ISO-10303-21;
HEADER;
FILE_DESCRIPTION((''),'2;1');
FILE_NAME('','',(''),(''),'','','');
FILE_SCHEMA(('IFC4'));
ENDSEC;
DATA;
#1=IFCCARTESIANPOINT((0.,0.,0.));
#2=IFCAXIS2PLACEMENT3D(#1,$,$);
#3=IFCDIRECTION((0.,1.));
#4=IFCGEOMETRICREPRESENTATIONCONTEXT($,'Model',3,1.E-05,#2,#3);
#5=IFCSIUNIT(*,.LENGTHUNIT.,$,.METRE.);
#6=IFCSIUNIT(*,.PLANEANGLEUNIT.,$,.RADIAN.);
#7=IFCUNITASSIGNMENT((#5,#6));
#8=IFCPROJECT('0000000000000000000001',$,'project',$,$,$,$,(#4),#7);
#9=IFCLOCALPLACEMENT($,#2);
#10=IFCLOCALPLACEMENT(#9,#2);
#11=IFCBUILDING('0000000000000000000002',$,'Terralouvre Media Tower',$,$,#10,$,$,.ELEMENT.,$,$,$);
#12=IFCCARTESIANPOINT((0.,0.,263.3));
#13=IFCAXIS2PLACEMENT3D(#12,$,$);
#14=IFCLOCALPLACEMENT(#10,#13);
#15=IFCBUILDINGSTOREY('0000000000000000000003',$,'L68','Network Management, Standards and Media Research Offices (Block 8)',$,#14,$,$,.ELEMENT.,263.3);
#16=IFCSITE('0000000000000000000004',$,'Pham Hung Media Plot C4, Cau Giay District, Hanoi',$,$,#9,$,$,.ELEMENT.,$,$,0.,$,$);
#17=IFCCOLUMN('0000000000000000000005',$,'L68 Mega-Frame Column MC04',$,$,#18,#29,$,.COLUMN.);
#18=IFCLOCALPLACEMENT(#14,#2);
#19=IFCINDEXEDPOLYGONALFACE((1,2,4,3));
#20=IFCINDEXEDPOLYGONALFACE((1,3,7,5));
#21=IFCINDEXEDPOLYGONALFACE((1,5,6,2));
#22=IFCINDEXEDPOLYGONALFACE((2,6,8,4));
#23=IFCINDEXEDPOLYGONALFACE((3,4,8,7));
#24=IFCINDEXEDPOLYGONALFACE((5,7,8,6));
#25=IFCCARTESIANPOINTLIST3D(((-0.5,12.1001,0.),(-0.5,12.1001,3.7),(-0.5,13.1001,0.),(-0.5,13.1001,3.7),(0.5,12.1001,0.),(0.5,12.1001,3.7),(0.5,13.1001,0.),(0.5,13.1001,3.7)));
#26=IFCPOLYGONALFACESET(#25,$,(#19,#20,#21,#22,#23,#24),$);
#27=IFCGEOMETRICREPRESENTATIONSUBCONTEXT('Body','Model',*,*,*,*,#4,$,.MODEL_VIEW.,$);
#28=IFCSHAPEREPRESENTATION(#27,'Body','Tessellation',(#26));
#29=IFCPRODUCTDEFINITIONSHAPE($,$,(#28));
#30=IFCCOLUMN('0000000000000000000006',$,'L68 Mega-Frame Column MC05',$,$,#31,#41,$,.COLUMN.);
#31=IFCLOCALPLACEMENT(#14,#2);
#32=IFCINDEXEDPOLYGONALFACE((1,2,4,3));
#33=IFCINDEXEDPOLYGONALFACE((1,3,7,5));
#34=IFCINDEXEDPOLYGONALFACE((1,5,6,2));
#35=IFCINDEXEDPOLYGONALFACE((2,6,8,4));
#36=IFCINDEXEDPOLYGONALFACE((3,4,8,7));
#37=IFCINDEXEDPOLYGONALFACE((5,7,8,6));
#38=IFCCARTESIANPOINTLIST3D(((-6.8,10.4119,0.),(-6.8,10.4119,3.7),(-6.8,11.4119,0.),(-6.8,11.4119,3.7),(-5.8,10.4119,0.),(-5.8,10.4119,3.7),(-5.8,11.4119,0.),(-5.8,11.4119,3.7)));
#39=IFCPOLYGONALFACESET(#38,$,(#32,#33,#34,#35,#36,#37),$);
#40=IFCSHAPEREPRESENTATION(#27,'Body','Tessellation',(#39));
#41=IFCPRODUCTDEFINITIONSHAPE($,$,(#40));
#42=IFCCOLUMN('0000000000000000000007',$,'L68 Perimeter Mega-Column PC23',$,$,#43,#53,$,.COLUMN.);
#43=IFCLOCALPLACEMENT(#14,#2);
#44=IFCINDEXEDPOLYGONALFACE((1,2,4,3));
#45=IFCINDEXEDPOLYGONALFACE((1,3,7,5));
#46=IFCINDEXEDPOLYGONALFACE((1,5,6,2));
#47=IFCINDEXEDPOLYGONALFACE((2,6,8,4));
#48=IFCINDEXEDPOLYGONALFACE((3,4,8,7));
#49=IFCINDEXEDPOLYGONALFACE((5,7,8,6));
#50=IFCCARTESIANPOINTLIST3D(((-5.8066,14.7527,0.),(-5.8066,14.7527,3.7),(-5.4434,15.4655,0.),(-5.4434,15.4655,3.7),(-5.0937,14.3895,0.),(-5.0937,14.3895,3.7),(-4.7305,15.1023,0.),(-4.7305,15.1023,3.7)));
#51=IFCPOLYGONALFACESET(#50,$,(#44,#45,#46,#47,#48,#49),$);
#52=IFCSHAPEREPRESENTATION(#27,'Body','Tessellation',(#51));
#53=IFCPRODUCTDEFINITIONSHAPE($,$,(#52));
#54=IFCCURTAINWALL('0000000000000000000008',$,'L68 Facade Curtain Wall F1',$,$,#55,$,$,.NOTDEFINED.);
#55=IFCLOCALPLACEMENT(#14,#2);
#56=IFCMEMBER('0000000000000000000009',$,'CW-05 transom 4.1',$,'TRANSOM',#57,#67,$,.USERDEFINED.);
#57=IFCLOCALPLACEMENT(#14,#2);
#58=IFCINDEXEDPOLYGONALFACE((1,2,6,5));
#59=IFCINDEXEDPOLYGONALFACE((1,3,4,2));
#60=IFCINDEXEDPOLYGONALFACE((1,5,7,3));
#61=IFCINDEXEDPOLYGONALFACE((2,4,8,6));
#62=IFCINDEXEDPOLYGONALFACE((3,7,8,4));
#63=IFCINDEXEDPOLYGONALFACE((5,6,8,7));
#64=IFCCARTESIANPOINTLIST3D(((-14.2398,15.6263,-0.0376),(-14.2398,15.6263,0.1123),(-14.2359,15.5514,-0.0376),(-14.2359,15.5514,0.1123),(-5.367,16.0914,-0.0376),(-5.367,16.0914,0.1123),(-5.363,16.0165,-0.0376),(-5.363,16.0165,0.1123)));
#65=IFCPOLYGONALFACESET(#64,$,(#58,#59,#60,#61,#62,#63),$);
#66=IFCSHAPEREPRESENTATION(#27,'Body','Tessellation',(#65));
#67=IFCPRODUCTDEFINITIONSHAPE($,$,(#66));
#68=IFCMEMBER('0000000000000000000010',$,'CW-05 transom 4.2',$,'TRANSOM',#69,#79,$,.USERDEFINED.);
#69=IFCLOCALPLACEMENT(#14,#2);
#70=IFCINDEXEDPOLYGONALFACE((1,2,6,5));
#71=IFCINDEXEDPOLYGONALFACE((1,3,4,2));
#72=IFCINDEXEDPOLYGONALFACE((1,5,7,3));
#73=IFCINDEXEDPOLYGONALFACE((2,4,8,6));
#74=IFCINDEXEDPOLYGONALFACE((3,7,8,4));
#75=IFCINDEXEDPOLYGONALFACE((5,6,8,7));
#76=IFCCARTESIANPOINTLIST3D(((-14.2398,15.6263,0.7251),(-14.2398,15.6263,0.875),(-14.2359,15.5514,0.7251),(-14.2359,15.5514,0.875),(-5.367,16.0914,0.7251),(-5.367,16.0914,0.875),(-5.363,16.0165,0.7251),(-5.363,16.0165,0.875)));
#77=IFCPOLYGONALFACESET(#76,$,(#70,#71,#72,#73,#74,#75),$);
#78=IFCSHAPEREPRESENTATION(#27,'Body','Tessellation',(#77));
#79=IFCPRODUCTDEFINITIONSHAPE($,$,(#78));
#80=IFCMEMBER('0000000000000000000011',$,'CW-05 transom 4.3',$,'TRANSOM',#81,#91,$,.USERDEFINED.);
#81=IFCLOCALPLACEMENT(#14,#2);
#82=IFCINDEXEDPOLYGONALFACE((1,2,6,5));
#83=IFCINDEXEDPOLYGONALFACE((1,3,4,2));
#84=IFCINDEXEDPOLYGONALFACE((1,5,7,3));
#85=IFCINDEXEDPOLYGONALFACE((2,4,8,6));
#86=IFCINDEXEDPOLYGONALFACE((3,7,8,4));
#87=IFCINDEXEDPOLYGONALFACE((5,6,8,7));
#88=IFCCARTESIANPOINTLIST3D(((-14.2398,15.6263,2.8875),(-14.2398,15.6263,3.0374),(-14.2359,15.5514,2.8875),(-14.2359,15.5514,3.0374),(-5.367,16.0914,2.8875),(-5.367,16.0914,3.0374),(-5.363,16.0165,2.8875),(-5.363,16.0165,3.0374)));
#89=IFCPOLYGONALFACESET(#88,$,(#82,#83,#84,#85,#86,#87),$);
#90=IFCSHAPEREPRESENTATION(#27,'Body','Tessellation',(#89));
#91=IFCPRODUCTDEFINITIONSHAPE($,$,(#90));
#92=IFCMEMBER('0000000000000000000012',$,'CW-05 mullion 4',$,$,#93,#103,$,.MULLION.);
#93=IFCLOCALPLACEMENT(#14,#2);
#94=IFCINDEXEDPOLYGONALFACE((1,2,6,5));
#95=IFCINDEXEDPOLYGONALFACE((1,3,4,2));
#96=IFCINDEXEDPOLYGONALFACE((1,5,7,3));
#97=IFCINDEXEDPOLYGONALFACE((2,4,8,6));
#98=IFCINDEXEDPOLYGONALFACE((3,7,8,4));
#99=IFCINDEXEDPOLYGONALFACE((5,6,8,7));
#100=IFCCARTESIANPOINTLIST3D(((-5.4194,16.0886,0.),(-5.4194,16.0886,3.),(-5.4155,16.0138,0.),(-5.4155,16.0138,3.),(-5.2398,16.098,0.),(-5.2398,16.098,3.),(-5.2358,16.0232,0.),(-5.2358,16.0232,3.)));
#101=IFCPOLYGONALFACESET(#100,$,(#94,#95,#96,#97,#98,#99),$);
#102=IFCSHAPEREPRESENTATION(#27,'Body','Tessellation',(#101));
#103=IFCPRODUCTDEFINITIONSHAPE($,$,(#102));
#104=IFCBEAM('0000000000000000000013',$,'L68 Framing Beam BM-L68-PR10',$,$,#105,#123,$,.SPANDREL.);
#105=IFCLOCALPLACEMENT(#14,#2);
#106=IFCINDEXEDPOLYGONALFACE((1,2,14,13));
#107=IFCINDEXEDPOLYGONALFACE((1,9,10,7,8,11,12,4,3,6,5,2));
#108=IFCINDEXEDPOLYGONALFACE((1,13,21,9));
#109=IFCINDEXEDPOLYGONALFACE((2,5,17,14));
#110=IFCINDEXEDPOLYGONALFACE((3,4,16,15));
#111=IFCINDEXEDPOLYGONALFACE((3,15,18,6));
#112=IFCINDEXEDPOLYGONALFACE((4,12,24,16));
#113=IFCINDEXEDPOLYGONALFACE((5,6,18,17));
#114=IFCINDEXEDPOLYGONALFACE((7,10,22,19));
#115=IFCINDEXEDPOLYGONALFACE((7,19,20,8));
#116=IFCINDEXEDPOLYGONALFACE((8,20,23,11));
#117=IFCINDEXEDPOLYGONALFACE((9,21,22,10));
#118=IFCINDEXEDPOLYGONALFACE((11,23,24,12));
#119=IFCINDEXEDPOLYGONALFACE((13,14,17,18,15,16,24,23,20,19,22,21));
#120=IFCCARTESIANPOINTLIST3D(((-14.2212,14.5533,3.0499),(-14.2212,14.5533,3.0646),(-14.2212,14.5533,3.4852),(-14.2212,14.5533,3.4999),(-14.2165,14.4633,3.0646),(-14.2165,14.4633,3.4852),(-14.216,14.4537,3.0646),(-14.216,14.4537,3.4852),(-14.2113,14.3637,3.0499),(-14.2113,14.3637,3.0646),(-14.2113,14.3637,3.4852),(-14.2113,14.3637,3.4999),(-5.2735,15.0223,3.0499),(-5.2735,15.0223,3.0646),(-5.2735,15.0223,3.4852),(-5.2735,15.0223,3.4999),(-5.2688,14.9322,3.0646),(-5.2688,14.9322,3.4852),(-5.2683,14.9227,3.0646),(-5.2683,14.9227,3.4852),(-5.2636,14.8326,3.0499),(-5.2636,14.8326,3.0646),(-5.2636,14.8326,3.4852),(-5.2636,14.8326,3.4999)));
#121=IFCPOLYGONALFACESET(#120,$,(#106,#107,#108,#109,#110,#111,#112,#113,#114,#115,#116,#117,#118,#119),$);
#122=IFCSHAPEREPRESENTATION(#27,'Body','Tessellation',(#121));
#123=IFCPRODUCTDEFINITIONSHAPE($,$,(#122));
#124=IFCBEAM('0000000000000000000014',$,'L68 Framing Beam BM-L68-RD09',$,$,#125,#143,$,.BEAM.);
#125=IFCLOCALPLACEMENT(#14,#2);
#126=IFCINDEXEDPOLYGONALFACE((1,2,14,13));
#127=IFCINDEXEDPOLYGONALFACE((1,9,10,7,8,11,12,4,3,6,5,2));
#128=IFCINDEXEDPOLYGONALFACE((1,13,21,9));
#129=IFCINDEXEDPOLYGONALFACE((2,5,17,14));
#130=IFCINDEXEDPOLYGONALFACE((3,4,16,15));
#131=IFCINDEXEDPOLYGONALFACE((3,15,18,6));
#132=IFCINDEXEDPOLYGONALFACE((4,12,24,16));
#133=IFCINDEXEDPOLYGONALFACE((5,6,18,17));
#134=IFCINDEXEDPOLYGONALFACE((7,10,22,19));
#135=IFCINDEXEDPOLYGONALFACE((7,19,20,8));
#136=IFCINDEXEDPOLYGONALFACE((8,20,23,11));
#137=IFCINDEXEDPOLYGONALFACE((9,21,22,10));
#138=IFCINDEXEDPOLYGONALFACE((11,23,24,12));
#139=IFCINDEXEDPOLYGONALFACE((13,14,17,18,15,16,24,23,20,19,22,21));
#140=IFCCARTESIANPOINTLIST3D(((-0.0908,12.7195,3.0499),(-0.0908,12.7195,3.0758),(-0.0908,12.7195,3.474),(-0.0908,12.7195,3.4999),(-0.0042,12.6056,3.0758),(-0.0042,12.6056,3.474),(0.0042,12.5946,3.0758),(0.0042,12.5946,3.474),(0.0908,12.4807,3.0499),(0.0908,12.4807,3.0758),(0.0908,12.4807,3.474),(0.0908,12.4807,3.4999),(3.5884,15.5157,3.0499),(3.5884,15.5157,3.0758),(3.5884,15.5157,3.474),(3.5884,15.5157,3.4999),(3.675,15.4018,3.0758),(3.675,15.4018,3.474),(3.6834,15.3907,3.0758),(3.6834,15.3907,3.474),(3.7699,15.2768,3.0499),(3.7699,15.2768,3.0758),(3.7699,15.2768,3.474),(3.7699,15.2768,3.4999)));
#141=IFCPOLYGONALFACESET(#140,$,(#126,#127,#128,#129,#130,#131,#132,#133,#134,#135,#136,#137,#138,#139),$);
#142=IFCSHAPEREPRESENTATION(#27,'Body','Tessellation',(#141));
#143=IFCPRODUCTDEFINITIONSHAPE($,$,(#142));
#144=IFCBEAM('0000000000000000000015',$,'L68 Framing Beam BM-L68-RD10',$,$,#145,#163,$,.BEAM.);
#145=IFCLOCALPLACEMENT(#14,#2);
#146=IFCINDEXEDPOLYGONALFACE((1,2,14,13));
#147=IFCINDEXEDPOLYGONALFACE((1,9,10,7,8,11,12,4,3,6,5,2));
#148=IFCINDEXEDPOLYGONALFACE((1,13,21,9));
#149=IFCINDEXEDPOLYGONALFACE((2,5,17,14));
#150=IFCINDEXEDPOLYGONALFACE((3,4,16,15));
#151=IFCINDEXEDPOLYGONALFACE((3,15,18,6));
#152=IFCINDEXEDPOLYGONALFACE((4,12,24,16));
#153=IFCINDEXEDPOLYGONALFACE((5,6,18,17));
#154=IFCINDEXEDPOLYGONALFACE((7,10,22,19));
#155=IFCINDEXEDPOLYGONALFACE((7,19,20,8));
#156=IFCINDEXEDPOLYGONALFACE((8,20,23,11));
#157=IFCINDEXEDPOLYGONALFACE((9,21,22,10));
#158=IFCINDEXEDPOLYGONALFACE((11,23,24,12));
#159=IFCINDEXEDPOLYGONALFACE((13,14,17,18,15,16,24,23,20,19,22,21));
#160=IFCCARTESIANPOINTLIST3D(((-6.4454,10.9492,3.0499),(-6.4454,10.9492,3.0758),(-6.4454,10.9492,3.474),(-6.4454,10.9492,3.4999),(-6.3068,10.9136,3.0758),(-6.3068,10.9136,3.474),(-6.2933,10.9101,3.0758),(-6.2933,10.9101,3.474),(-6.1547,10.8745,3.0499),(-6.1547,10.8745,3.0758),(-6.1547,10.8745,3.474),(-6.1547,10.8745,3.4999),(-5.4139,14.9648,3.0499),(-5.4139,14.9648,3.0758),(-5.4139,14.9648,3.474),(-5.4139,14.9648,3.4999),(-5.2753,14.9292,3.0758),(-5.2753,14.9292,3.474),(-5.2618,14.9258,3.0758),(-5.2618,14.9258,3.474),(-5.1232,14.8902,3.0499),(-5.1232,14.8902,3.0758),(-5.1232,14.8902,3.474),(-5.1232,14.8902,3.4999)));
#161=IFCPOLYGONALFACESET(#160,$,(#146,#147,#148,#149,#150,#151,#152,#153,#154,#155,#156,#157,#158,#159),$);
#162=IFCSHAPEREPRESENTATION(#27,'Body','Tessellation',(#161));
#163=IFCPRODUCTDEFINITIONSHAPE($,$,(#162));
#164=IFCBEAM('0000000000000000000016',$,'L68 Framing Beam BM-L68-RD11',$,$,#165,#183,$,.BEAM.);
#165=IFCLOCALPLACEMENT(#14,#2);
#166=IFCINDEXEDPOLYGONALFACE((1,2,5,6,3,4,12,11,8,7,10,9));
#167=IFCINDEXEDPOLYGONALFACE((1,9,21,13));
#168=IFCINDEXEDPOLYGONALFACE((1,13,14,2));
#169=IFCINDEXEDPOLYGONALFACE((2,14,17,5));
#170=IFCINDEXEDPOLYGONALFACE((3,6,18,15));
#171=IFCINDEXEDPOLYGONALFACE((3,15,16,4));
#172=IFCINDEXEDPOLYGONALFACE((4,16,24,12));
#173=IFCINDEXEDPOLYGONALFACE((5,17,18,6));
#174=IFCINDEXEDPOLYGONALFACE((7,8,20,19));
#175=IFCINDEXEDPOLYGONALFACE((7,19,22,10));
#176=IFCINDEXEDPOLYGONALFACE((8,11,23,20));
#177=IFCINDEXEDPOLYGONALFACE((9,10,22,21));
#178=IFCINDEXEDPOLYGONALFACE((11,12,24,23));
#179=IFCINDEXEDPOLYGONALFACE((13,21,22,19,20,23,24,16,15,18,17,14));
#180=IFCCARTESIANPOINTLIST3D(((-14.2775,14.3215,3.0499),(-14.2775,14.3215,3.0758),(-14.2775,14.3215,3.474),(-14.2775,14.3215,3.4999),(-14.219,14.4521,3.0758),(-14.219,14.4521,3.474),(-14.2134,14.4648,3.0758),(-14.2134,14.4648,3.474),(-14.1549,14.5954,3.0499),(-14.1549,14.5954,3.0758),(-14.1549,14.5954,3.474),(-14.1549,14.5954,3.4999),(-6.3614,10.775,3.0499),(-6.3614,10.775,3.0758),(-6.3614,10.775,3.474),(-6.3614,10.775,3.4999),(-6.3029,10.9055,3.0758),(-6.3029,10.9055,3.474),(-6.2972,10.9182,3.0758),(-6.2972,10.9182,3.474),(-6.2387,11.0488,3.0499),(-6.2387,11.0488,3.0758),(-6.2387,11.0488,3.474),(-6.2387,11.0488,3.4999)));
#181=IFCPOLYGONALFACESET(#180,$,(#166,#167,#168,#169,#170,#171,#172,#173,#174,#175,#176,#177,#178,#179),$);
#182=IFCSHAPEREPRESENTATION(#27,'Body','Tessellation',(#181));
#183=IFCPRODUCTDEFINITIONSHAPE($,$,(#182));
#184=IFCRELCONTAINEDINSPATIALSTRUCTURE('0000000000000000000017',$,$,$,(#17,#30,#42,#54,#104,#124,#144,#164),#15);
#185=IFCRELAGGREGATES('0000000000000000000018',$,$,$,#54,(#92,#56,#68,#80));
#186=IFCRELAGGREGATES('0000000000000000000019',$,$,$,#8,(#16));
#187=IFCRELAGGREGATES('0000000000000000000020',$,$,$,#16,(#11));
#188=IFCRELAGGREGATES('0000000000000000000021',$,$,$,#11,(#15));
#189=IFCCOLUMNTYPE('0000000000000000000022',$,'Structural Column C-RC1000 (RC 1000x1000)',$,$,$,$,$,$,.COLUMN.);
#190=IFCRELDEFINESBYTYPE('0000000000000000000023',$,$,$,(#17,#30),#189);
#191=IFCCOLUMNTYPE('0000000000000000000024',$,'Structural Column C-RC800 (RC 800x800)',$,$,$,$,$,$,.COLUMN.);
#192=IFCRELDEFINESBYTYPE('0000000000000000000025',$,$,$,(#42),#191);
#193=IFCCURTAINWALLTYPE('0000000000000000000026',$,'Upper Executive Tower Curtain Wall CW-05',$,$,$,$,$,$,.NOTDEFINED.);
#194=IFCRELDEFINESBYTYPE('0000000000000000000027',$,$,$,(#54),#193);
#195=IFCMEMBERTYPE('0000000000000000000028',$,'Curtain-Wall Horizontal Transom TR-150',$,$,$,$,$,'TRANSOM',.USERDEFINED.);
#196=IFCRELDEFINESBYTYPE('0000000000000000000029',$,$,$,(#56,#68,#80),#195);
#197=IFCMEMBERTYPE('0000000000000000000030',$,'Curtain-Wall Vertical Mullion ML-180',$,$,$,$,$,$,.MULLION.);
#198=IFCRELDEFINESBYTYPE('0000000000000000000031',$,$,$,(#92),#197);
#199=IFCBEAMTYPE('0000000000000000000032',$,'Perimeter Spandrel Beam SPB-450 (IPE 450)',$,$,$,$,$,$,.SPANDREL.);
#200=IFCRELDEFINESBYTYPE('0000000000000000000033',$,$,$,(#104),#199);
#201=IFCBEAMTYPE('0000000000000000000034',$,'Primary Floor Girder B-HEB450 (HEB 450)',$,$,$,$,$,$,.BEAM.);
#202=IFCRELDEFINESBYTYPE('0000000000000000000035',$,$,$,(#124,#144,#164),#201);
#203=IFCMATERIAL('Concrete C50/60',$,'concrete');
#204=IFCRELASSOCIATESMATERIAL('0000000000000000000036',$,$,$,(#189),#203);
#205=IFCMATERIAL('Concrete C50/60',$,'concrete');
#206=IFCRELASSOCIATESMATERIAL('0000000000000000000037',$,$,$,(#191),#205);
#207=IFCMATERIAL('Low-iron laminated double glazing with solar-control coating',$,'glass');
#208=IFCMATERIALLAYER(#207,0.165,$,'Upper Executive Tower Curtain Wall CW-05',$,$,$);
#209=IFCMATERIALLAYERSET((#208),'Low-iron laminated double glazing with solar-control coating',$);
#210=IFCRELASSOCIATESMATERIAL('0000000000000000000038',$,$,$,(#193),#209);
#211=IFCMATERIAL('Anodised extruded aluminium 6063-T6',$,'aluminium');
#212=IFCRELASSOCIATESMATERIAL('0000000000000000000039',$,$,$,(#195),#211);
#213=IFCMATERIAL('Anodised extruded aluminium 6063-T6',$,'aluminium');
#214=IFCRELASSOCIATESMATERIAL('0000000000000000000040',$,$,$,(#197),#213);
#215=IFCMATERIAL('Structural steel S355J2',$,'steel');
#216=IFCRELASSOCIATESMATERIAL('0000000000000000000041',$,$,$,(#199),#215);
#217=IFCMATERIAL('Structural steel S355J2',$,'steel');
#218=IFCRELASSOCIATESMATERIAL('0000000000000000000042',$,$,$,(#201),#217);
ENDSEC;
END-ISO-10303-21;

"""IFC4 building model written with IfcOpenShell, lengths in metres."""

from ifc_helpers import new_model, si_unit, direction, frame, origin, origin_2d, place, context, subcontext, project, spatial, rectangle, i_section, extrude, material, layer, layer_set, material_profile, profile_set, type_object, element, aggregate, save


model = new_model("IFC4")

# Units and contexts
model_context = context("Model", 3, precision=1e-05, world=origin(), true_north=direction((0.0, 1.0)))
body_context = subcontext(model_context, "Body", "Model", "MODEL_VIEW")
ifc_project = project(units=[si_unit("LENGTHUNIT", "METRE"), si_unit("PLANEANGLEUNIT", "RADIAN")], contexts=[model_context])

# Site, building, storey
site_placement = place(None, origin())
site = spatial("IfcSite", under=ifc_project, at=site_placement, Name="Pham Hung Media Plot C4, Cau Giay District, Hanoi", CompositionType="ELEMENT", RefElevation=0.0)
building_placement = place(site_placement, origin())
building = spatial("IfcBuilding", under=site, at=building_placement, Name="Terralouvre Media Tower", CompositionType="ELEMENT")
storey_placement = place(building_placement, frame((0.0, 0.0, 263.3)))
storey = spatial("IfcBuildingStorey", under=building, at=storey_placement, Name="L68", Description="Network Management, Standards and Media Research Offices (Block 8)", CompositionType="ELEMENT", Elevation=263.3)

# Columns
ifc_material_1 = material(Name="Concrete C50/60", Category="concrete")
ifc_material_profile_1 = material_profile(ifc_material_1, rectangle(XDim=1.0, YDim=1.0, at=origin_2d()), Name="RC 1000x1000")
ifc_profile_set_1 = profile_set([ifc_material_profile_1], Name="Concrete C50/60")
column_type_1 = type_object("IfcColumnType", Name="Structural Column C-RC1000 (RC 1000x1000)", PredefinedType="COLUMN", material=ifc_profile_set_1)
for number, where, z_axis, x_axis, name in (
    (1, (0.0, 12.6001, 0.0), (0.0, 0.0, 1.0), (1.0, 0.0, 0.0), "L68 Mega-Frame Column MC04"),
    (2, (-6.3, 10.9119, 0.0), (0.0, 0.0, 1.0), (1.0, 0.0, 0.0), "L68 Mega-Frame Column MC05"),
):
    element("IfcColumn", number, at=place(storey_placement, frame(where, z_axis=z_axis, x_axis=x_axis)), inside=storey, type_object=column_type_1, Name=name, PredefinedType="COLUMN", context=body_context, shape_type="SweptSolid", body=[
        extrude(rectangle(XDim=1.0, YDim=1.0, at=origin_2d()), origin(), (0.0, 0.0, 1.0), 3.7),
    ])
ifc_material_2 = material(Name="Concrete C50/60", Category="concrete")
ifc_material_profile_2 = material_profile(ifc_material_2, rectangle(XDim=0.8, YDim=0.8, at=origin_2d()), Name="RC 800x800")
ifc_profile_set_2 = profile_set([ifc_material_profile_2], Name="Concrete C50/60")
column_type_2 = type_object("IfcColumnType", Name="Structural Column C-RC800 (RC 800x800)", PredefinedType="COLUMN", material=ifc_profile_set_2)
column_placement = place(storey_placement, frame((-5.2686, 14.9275, 0.0), z_axis=(0.0, 0.0, 1.0), x_axis=(0.45399, 0.891007, 0.0)))
element("IfcColumn", 3, at=column_placement, inside=storey, type_object=column_type_2, Name="L68 Perimeter Mega-Column PC23", PredefinedType="COLUMN", context=body_context, shape_type="SweptSolid", body=[
    extrude(rectangle(XDim=0.8, YDim=0.8, at=origin_2d()), origin(), (0.0, 0.0, 1.0), 3.7),
])

# Curtain wall, members
ifc_material_3 = material(Name="Low-iron laminated double glazing with solar-control coating", Category="glass")
ifc_layer_1 = layer(ifc_material_3, 0.165, Name="Upper Executive Tower Curtain Wall CW-05")
ifc_layer_set_1 = layer_set([ifc_layer_1], Name="Low-iron laminated double glazing with solar-control coating")
curtain_wall_type = type_object("IfcCurtainWallType", Name="Upper Executive Tower Curtain Wall CW-05", PredefinedType="NOTDEFINED", material=ifc_layer_set_1)
curtain_wall_placement = place(storey_placement, origin())
curtain_wall = element("IfcCurtainWall", 4, at=curtain_wall_placement, inside=storey, type_object=curtain_wall_type, Name="L68 Facade Curtain Wall F1", PredefinedType="NOTDEFINED")
ifc_material_4 = material(Name="Anodised extruded aluminium 6063-T6", Category="aluminium")
ifc_material_profile_3 = material_profile(ifc_material_4, rectangle(XDim=0.075, YDim=0.1499, at=origin_2d()), Name="ALU 75x150")
ifc_profile_set_3 = profile_set([ifc_material_profile_3], Name="Anodised extruded aluminium 6063-T6")
member_type_1 = type_object("IfcMemberType", Name="Curtain-Wall Horizontal Transom TR-150", ElementType="TRANSOM", PredefinedType="USERDEFINED", material=ifc_profile_set_3)
member_1_placement = place(storey_placement, frame((-5.365, 16.054, 0.0374), z_axis=(-0.998629, -0.052345, 0.0), x_axis=(0.052345, -0.998629, 0.0)))
member_1 = element("IfcMember", 5, at=member_1_placement, type_object=member_type_1, Name="CW-05 transom 4.1", ObjectType="TRANSOM", PredefinedType="USERDEFINED", context=body_context, shape_type="SweptSolid", body=[
    extrude(rectangle(XDim=0.075, YDim=0.1499, at=origin_2d()), origin(), (0.0, 0.0, 1.0), 8.885),
])
member_2_placement = place(storey_placement, frame((-5.365, 16.054, 0.8), z_axis=(-0.998629, -0.052345, 0.0), x_axis=(0.052345, -0.998629, 0.0)))
member_2 = element("IfcMember", 6, at=member_2_placement, type_object=member_type_1, Name="CW-05 transom 4.2", ObjectType="TRANSOM", PredefinedType="USERDEFINED", context=body_context, shape_type="SweptSolid", body=[
    extrude(rectangle(XDim=0.075, YDim=0.1499, at=origin_2d()), origin(), (0.0, 0.0, 1.0), 8.885),
])
member_3_placement = place(storey_placement, frame((-5.365, 16.054, 2.9624), z_axis=(-0.998629, -0.052345, 0.0), x_axis=(0.052345, -0.998629, 0.0)))
member_3 = element("IfcMember", 7, at=member_3_placement, type_object=member_type_1, Name="CW-05 transom 4.3", ObjectType="TRANSOM", PredefinedType="USERDEFINED", context=body_context, shape_type="SweptSolid", body=[
    extrude(rectangle(XDim=0.075, YDim=0.1499, at=origin_2d()), origin(), (0.0, 0.0, 1.0), 8.885),
])
ifc_material_5 = material(Name="Anodised extruded aluminium 6063-T6", Category="aluminium")
ifc_material_profile_4 = material_profile(ifc_material_5, rectangle(XDim=0.075, YDim=0.1799, at=origin_2d()), Name="ALU 75x180")
ifc_profile_set_4 = profile_set([ifc_material_profile_4], Name="Anodised extruded aluminium 6063-T6")
member_type_2 = type_object("IfcMemberType", Name="Curtain-Wall Vertical Mullion ML-180", PredefinedType="MULLION", material=ifc_profile_set_4)
member_4_placement = place(storey_placement, frame((-5.3276, 16.0559, 0.0), z_axis=(0.0, 0.0, 1.0), x_axis=(0.052336, -0.99863, 0.0)))
member_4 = element("IfcMember", 8, at=member_4_placement, type_object=member_type_2, Name="CW-05 mullion 4", PredefinedType="MULLION", context=body_context, shape_type="SweptSolid", body=[
    extrude(rectangle(XDim=0.075, YDim=0.1799, at=origin_2d()), origin(), (0.0, 0.0, 1.0), 3.0),
])

# Beams
ifc_material_6 = material(Name="Structural steel S355J2", Category="steel")
ifc_material_profile_5 = material_profile(ifc_material_6, i_section(OverallWidth=0.1899, OverallDepth=0.45, WebThickness=0.0095, FlangeThickness=0.0146, at=origin_2d()), Name="IPE 450")
ifc_profile_set_5 = profile_set([ifc_material_profile_5], Name="Structural steel S355J2")
beam_type_1 = type_object("IfcBeamType", Name="Perimeter Spandrel Beam SPB-450 (IPE 450)", PredefinedType="SPANDREL", material=ifc_profile_set_5)
beam_1_placement = place(storey_placement, frame((-5.2686, 14.9275, 3.2749), z_axis=(-0.998629, -0.052343, 0.0), x_axis=(0.052343, -0.998629, 0.0)))
element("IfcBeam", 9, at=beam_1_placement, inside=storey, type_object=beam_type_1, Name="L68 Framing Beam BM-L68-PR10", PredefinedType="SPANDREL", context=body_context, shape_type="SweptSolid", body=[
    extrude(i_section(OverallWidth=0.1899, OverallDepth=0.45, WebThickness=0.0095, FlangeThickness=0.0146, at=origin_2d()), origin(), (0.0, 0.0, 1.0), 8.96),
])
ifc_material_7 = material(Name="Structural steel S355J2", Category="steel")
ifc_material_profile_6 = material_profile(ifc_material_7, i_section(OverallWidth=0.3, OverallDepth=0.45, WebThickness=0.0139, FlangeThickness=0.0259, at=origin_2d()), Name="HEB 450")
ifc_profile_set_6 = profile_set([ifc_material_profile_6], Name="Structural steel S355J2")
beam_type_2 = type_object("IfcBeamType", Name="Primary Floor Girder B-HEB450 (HEB 450)", PredefinedType="BEAM", material=ifc_profile_set_6)
beam_2_placement = place(storey_placement, frame((0.0, 12.6001, 3.2749), z_axis=(0.796167, 0.605077, 0.0), x_axis=(-0.605077, 0.796167, 0.0)))
element("IfcBeam", 10, at=beam_2_placement, inside=storey, type_object=beam_type_2, Name="L68 Framing Beam BM-L68-RD09", PredefinedType="BEAM", context=body_context, shape_type="SweptSolid", body=[
    extrude(i_section(OverallWidth=0.3, OverallDepth=0.45, WebThickness=0.0139, FlangeThickness=0.0259, at=origin_2d()), origin(), (0.0, 0.0, 1.0), 4.6211),
])
beam_3_placement = place(storey_placement, frame((-6.3, 10.9119, 3.2749), z_axis=(0.248793, 0.968557, 0.0), x_axis=(-0.968557, 0.248793, 0.0)))
element("IfcBeam", 11, at=beam_3_placement, inside=storey, type_object=beam_type_2, Name="L68 Framing Beam BM-L68-RD10", PredefinedType="BEAM", context=body_context, shape_type="SweptSolid", body=[
    extrude(i_section(OverallWidth=0.3, OverallDepth=0.45, WebThickness=0.0139, FlangeThickness=0.0259, at=origin_2d()), origin(), (0.0, 0.0, 1.0), 4.146),
])
beam_4_placement = place(storey_placement, frame((-6.3, 10.9119, 3.2749), z_axis=(-0.912597, 0.40886, 0.0), x_axis=(-0.40886, -0.912597, 0.0)))
element("IfcBeam", 12, at=beam_4_placement, inside=storey, type_object=beam_type_2, Name="L68 Framing Beam BM-L68-RD11", PredefinedType="BEAM", context=body_context, shape_type="SweptSolid", body=[
    extrude(i_section(OverallWidth=0.3, OverallDepth=0.45, WebThickness=0.0139, FlangeThickness=0.0259, at=origin_2d()), origin(), (0.0, 0.0, 1.0), 8.6743),
])

aggregate(curtain_wall, [member_4, member_1, member_2, member_3])

save(model, "model.ifc")
